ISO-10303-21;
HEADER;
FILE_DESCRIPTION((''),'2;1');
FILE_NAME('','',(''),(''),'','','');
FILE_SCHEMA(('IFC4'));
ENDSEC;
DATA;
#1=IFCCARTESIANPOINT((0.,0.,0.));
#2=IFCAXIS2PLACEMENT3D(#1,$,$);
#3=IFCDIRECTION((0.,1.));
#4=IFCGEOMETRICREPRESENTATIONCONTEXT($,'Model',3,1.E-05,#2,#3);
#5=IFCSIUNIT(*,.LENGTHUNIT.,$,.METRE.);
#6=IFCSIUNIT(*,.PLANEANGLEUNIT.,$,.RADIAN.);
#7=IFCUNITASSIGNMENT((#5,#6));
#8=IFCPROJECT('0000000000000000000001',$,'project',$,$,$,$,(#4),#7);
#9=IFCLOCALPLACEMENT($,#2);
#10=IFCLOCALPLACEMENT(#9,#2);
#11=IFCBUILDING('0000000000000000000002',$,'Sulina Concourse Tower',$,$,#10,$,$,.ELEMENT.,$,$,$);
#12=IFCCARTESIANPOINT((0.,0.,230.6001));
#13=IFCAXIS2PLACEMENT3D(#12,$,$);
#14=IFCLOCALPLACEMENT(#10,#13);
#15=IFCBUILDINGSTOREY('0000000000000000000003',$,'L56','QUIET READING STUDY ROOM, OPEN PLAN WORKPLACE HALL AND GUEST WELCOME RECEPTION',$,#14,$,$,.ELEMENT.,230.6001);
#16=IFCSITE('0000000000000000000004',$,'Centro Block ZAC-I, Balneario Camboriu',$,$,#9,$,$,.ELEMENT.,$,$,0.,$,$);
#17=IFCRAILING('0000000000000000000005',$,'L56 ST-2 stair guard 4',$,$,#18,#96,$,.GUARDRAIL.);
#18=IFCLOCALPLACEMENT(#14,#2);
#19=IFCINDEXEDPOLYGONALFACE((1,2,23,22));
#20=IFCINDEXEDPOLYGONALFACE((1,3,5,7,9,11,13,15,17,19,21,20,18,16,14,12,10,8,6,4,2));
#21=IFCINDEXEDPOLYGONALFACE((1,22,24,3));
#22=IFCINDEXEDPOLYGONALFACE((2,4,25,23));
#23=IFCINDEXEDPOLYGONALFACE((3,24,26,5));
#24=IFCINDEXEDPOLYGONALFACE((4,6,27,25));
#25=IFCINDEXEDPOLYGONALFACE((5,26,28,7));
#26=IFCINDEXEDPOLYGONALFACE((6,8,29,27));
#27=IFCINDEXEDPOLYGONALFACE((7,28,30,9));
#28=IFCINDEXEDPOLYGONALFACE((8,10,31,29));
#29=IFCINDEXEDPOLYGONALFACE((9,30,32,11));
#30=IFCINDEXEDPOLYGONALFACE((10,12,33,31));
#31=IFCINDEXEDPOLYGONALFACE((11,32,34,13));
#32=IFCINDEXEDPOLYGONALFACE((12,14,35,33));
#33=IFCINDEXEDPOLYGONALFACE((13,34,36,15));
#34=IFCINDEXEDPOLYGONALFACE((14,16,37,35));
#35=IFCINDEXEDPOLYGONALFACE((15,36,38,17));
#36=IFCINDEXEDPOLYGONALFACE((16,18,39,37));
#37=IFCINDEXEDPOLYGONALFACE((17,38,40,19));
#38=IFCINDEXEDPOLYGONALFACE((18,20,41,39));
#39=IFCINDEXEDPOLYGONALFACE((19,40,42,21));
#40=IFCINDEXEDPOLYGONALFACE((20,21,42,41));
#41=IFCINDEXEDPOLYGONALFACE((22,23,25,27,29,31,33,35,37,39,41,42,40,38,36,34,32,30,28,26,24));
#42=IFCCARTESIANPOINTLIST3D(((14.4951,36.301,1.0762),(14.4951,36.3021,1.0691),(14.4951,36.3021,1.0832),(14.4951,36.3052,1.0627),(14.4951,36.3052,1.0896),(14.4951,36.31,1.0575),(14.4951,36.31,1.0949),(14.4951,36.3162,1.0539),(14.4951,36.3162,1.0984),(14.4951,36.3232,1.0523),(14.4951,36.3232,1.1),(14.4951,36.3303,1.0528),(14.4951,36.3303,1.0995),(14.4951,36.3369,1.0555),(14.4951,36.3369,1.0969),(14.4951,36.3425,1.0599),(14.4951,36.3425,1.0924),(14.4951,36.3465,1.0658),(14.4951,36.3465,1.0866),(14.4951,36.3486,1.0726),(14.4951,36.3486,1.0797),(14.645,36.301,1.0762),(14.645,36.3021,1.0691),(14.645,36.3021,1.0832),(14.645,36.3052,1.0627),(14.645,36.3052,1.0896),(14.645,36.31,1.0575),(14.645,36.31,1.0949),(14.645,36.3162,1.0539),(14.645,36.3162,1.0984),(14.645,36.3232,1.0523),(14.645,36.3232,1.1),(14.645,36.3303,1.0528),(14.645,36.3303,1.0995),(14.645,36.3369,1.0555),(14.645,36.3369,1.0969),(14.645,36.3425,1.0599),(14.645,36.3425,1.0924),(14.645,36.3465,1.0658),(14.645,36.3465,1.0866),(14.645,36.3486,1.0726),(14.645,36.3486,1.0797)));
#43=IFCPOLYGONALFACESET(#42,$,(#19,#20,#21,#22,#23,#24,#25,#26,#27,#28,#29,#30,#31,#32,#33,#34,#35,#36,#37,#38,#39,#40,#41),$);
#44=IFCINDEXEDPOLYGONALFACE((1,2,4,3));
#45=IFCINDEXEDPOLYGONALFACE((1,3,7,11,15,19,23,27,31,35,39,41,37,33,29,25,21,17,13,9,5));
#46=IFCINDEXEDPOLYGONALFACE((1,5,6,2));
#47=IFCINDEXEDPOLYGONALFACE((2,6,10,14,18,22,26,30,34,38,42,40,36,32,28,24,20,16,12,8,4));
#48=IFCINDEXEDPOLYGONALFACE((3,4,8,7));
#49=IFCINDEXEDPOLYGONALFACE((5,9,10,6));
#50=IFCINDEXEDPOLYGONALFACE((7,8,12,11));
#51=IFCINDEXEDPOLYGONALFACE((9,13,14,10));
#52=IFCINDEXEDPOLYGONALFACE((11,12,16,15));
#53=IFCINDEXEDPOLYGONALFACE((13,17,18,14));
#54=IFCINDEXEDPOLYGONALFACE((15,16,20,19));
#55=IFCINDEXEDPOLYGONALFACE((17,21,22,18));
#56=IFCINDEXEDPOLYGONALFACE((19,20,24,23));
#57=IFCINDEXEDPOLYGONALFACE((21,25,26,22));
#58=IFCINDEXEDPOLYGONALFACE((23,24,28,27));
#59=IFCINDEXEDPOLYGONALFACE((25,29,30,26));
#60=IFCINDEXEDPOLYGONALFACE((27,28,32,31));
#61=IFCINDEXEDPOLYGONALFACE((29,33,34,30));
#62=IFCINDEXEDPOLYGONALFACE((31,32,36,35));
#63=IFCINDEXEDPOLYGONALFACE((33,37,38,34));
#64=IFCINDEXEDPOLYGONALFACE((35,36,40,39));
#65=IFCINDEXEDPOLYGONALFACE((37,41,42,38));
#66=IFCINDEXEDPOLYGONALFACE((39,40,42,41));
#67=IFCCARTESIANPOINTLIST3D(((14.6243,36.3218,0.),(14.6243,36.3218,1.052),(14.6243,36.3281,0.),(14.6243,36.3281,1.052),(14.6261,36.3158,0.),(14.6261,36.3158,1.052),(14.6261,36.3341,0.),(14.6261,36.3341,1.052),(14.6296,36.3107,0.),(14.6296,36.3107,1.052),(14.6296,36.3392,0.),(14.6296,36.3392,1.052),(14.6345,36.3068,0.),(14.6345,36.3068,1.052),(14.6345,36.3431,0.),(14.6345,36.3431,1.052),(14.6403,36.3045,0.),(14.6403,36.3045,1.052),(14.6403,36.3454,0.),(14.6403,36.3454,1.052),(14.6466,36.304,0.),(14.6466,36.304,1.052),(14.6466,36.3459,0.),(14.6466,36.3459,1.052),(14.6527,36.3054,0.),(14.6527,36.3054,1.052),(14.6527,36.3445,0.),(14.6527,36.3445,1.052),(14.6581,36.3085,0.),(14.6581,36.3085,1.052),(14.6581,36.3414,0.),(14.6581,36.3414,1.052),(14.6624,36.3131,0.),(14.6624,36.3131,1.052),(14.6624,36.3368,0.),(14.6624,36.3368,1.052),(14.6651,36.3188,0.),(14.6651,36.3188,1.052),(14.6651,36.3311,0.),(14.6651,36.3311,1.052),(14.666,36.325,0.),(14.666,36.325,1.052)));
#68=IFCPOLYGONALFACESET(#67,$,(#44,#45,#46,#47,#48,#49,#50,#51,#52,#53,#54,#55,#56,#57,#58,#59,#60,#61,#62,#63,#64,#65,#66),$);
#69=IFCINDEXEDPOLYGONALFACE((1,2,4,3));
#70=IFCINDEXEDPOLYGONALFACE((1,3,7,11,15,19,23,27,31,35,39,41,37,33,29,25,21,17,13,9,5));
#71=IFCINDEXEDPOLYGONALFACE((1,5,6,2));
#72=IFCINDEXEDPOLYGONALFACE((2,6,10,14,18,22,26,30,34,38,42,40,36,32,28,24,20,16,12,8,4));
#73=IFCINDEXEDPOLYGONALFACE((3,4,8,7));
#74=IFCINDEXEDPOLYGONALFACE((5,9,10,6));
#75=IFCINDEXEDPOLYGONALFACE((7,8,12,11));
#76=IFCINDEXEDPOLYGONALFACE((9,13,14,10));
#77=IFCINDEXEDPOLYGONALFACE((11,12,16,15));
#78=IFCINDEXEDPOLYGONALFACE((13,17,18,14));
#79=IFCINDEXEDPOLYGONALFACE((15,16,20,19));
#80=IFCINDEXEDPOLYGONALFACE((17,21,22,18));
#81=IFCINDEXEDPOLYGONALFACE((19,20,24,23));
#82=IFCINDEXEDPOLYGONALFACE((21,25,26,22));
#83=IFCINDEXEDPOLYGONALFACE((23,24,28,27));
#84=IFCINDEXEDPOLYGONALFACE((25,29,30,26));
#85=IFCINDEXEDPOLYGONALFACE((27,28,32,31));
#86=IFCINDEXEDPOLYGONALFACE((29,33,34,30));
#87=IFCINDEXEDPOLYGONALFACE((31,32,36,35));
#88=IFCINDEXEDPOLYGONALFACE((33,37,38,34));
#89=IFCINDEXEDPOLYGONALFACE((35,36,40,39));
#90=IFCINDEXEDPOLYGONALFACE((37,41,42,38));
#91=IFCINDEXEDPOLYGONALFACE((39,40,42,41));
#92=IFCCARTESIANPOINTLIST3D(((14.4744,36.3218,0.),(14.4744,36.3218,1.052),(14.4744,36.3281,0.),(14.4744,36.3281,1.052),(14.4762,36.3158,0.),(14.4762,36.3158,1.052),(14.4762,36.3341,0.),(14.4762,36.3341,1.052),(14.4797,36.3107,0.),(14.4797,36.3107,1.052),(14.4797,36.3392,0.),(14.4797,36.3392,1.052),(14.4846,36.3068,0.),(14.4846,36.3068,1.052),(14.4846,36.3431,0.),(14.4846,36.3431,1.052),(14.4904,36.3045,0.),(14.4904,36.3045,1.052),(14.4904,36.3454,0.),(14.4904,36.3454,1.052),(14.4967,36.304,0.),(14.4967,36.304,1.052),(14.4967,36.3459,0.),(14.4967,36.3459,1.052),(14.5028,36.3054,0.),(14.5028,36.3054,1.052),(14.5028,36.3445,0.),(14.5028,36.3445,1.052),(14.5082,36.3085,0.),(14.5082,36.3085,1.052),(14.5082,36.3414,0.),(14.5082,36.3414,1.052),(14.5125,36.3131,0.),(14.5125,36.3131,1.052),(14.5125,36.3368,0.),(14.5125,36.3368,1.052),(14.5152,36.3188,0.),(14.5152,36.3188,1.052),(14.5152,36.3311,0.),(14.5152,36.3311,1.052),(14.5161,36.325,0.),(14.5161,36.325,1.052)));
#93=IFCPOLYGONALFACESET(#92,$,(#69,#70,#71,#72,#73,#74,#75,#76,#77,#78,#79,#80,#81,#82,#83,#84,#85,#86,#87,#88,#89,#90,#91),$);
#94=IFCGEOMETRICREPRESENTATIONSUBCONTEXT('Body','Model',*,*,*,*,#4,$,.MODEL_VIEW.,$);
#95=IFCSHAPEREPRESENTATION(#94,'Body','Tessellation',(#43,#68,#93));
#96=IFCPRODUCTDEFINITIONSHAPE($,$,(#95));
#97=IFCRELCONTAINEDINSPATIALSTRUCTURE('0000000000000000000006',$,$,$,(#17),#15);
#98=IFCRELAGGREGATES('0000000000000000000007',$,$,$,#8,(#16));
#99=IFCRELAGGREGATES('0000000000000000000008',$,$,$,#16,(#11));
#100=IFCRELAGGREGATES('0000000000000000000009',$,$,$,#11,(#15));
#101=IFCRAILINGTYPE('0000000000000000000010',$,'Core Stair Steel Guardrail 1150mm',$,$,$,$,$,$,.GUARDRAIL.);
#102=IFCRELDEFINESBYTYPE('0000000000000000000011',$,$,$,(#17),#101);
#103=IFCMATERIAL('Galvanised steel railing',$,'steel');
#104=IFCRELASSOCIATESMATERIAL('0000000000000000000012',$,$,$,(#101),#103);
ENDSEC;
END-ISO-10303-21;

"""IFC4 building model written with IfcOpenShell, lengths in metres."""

from ifc_helpers import new_model, si_unit, direction, frame, origin, origin_2d, place, context, subcontext, project, spatial, circle, extrude, material, type_object, element, save


model = new_model("IFC4")

# Units and contexts
model_context = context("Model", 3, precision=1e-05, world=origin(), true_north=direction((0.0, 1.0)))
body_context = subcontext(model_context, "Body", "Model", "MODEL_VIEW")
ifc_project = project(units=[si_unit("LENGTHUNIT", "METRE"), si_unit("PLANEANGLEUNIT", "RADIAN")], contexts=[model_context])

# Site, building, storey
site_placement = place(None, origin())
site = spatial("IfcSite", under=ifc_project, at=site_placement, Name="Centro Block ZAC-I, Balneario Camboriu", CompositionType="ELEMENT", RefElevation=0.0)
building_placement = place(site_placement, origin())
building = spatial("IfcBuilding", under=site, at=building_placement, Name="Sulina Concourse Tower", CompositionType="ELEMENT")
storey_placement = place(building_placement, frame((0.0, 0.0, 230.6001)))
storey = spatial("IfcBuildingStorey", under=building, at=storey_placement, Name="L56", Description="QUIET READING STUDY ROOM, OPEN PLAN WORKPLACE HALL AND GUEST WELCOME RECEPTION", CompositionType="ELEMENT", Elevation=230.6001)

# Railing
ifc_material_1 = material(Name="Galvanised steel railing", Category="steel")
railing_type_1 = type_object("IfcRailingType", Name="Core Stair Steel Guardrail 1150mm", PredefinedType="GUARDRAIL", material=ifc_material_1)
railing_1_placement = place(storey_placement, frame((14.645, 36.325, 0.0)))
element("IfcRailing", 1, at=railing_1_placement, inside=storey, type_object=railing_type_1, Name="L56 ST-2 stair guard 4", PredefinedType="GUARDRAIL", context=body_context, shape_type="SweptSolid", body=[
    extrude(circle(Radius=0.0239, at=origin_2d()), frame((0.0, 0.0, 1.0762), z_axis=(-1.0, 0.0, 0.0), x_axis=(0.0, -1.0, 0.0)), (0.0, 0.0, 1.0), 0.1499),
    extrude(circle(Radius=0.021, at=origin_2d()), origin(), (0.0, 0.0, 1.0), 1.052),
    extrude(circle(Radius=0.021, at=origin_2d()), frame((-0.1499, 0.0, 0.0)), (0.0, 0.0, 1.0), 1.052),
])

save(model, "model.ifc")
